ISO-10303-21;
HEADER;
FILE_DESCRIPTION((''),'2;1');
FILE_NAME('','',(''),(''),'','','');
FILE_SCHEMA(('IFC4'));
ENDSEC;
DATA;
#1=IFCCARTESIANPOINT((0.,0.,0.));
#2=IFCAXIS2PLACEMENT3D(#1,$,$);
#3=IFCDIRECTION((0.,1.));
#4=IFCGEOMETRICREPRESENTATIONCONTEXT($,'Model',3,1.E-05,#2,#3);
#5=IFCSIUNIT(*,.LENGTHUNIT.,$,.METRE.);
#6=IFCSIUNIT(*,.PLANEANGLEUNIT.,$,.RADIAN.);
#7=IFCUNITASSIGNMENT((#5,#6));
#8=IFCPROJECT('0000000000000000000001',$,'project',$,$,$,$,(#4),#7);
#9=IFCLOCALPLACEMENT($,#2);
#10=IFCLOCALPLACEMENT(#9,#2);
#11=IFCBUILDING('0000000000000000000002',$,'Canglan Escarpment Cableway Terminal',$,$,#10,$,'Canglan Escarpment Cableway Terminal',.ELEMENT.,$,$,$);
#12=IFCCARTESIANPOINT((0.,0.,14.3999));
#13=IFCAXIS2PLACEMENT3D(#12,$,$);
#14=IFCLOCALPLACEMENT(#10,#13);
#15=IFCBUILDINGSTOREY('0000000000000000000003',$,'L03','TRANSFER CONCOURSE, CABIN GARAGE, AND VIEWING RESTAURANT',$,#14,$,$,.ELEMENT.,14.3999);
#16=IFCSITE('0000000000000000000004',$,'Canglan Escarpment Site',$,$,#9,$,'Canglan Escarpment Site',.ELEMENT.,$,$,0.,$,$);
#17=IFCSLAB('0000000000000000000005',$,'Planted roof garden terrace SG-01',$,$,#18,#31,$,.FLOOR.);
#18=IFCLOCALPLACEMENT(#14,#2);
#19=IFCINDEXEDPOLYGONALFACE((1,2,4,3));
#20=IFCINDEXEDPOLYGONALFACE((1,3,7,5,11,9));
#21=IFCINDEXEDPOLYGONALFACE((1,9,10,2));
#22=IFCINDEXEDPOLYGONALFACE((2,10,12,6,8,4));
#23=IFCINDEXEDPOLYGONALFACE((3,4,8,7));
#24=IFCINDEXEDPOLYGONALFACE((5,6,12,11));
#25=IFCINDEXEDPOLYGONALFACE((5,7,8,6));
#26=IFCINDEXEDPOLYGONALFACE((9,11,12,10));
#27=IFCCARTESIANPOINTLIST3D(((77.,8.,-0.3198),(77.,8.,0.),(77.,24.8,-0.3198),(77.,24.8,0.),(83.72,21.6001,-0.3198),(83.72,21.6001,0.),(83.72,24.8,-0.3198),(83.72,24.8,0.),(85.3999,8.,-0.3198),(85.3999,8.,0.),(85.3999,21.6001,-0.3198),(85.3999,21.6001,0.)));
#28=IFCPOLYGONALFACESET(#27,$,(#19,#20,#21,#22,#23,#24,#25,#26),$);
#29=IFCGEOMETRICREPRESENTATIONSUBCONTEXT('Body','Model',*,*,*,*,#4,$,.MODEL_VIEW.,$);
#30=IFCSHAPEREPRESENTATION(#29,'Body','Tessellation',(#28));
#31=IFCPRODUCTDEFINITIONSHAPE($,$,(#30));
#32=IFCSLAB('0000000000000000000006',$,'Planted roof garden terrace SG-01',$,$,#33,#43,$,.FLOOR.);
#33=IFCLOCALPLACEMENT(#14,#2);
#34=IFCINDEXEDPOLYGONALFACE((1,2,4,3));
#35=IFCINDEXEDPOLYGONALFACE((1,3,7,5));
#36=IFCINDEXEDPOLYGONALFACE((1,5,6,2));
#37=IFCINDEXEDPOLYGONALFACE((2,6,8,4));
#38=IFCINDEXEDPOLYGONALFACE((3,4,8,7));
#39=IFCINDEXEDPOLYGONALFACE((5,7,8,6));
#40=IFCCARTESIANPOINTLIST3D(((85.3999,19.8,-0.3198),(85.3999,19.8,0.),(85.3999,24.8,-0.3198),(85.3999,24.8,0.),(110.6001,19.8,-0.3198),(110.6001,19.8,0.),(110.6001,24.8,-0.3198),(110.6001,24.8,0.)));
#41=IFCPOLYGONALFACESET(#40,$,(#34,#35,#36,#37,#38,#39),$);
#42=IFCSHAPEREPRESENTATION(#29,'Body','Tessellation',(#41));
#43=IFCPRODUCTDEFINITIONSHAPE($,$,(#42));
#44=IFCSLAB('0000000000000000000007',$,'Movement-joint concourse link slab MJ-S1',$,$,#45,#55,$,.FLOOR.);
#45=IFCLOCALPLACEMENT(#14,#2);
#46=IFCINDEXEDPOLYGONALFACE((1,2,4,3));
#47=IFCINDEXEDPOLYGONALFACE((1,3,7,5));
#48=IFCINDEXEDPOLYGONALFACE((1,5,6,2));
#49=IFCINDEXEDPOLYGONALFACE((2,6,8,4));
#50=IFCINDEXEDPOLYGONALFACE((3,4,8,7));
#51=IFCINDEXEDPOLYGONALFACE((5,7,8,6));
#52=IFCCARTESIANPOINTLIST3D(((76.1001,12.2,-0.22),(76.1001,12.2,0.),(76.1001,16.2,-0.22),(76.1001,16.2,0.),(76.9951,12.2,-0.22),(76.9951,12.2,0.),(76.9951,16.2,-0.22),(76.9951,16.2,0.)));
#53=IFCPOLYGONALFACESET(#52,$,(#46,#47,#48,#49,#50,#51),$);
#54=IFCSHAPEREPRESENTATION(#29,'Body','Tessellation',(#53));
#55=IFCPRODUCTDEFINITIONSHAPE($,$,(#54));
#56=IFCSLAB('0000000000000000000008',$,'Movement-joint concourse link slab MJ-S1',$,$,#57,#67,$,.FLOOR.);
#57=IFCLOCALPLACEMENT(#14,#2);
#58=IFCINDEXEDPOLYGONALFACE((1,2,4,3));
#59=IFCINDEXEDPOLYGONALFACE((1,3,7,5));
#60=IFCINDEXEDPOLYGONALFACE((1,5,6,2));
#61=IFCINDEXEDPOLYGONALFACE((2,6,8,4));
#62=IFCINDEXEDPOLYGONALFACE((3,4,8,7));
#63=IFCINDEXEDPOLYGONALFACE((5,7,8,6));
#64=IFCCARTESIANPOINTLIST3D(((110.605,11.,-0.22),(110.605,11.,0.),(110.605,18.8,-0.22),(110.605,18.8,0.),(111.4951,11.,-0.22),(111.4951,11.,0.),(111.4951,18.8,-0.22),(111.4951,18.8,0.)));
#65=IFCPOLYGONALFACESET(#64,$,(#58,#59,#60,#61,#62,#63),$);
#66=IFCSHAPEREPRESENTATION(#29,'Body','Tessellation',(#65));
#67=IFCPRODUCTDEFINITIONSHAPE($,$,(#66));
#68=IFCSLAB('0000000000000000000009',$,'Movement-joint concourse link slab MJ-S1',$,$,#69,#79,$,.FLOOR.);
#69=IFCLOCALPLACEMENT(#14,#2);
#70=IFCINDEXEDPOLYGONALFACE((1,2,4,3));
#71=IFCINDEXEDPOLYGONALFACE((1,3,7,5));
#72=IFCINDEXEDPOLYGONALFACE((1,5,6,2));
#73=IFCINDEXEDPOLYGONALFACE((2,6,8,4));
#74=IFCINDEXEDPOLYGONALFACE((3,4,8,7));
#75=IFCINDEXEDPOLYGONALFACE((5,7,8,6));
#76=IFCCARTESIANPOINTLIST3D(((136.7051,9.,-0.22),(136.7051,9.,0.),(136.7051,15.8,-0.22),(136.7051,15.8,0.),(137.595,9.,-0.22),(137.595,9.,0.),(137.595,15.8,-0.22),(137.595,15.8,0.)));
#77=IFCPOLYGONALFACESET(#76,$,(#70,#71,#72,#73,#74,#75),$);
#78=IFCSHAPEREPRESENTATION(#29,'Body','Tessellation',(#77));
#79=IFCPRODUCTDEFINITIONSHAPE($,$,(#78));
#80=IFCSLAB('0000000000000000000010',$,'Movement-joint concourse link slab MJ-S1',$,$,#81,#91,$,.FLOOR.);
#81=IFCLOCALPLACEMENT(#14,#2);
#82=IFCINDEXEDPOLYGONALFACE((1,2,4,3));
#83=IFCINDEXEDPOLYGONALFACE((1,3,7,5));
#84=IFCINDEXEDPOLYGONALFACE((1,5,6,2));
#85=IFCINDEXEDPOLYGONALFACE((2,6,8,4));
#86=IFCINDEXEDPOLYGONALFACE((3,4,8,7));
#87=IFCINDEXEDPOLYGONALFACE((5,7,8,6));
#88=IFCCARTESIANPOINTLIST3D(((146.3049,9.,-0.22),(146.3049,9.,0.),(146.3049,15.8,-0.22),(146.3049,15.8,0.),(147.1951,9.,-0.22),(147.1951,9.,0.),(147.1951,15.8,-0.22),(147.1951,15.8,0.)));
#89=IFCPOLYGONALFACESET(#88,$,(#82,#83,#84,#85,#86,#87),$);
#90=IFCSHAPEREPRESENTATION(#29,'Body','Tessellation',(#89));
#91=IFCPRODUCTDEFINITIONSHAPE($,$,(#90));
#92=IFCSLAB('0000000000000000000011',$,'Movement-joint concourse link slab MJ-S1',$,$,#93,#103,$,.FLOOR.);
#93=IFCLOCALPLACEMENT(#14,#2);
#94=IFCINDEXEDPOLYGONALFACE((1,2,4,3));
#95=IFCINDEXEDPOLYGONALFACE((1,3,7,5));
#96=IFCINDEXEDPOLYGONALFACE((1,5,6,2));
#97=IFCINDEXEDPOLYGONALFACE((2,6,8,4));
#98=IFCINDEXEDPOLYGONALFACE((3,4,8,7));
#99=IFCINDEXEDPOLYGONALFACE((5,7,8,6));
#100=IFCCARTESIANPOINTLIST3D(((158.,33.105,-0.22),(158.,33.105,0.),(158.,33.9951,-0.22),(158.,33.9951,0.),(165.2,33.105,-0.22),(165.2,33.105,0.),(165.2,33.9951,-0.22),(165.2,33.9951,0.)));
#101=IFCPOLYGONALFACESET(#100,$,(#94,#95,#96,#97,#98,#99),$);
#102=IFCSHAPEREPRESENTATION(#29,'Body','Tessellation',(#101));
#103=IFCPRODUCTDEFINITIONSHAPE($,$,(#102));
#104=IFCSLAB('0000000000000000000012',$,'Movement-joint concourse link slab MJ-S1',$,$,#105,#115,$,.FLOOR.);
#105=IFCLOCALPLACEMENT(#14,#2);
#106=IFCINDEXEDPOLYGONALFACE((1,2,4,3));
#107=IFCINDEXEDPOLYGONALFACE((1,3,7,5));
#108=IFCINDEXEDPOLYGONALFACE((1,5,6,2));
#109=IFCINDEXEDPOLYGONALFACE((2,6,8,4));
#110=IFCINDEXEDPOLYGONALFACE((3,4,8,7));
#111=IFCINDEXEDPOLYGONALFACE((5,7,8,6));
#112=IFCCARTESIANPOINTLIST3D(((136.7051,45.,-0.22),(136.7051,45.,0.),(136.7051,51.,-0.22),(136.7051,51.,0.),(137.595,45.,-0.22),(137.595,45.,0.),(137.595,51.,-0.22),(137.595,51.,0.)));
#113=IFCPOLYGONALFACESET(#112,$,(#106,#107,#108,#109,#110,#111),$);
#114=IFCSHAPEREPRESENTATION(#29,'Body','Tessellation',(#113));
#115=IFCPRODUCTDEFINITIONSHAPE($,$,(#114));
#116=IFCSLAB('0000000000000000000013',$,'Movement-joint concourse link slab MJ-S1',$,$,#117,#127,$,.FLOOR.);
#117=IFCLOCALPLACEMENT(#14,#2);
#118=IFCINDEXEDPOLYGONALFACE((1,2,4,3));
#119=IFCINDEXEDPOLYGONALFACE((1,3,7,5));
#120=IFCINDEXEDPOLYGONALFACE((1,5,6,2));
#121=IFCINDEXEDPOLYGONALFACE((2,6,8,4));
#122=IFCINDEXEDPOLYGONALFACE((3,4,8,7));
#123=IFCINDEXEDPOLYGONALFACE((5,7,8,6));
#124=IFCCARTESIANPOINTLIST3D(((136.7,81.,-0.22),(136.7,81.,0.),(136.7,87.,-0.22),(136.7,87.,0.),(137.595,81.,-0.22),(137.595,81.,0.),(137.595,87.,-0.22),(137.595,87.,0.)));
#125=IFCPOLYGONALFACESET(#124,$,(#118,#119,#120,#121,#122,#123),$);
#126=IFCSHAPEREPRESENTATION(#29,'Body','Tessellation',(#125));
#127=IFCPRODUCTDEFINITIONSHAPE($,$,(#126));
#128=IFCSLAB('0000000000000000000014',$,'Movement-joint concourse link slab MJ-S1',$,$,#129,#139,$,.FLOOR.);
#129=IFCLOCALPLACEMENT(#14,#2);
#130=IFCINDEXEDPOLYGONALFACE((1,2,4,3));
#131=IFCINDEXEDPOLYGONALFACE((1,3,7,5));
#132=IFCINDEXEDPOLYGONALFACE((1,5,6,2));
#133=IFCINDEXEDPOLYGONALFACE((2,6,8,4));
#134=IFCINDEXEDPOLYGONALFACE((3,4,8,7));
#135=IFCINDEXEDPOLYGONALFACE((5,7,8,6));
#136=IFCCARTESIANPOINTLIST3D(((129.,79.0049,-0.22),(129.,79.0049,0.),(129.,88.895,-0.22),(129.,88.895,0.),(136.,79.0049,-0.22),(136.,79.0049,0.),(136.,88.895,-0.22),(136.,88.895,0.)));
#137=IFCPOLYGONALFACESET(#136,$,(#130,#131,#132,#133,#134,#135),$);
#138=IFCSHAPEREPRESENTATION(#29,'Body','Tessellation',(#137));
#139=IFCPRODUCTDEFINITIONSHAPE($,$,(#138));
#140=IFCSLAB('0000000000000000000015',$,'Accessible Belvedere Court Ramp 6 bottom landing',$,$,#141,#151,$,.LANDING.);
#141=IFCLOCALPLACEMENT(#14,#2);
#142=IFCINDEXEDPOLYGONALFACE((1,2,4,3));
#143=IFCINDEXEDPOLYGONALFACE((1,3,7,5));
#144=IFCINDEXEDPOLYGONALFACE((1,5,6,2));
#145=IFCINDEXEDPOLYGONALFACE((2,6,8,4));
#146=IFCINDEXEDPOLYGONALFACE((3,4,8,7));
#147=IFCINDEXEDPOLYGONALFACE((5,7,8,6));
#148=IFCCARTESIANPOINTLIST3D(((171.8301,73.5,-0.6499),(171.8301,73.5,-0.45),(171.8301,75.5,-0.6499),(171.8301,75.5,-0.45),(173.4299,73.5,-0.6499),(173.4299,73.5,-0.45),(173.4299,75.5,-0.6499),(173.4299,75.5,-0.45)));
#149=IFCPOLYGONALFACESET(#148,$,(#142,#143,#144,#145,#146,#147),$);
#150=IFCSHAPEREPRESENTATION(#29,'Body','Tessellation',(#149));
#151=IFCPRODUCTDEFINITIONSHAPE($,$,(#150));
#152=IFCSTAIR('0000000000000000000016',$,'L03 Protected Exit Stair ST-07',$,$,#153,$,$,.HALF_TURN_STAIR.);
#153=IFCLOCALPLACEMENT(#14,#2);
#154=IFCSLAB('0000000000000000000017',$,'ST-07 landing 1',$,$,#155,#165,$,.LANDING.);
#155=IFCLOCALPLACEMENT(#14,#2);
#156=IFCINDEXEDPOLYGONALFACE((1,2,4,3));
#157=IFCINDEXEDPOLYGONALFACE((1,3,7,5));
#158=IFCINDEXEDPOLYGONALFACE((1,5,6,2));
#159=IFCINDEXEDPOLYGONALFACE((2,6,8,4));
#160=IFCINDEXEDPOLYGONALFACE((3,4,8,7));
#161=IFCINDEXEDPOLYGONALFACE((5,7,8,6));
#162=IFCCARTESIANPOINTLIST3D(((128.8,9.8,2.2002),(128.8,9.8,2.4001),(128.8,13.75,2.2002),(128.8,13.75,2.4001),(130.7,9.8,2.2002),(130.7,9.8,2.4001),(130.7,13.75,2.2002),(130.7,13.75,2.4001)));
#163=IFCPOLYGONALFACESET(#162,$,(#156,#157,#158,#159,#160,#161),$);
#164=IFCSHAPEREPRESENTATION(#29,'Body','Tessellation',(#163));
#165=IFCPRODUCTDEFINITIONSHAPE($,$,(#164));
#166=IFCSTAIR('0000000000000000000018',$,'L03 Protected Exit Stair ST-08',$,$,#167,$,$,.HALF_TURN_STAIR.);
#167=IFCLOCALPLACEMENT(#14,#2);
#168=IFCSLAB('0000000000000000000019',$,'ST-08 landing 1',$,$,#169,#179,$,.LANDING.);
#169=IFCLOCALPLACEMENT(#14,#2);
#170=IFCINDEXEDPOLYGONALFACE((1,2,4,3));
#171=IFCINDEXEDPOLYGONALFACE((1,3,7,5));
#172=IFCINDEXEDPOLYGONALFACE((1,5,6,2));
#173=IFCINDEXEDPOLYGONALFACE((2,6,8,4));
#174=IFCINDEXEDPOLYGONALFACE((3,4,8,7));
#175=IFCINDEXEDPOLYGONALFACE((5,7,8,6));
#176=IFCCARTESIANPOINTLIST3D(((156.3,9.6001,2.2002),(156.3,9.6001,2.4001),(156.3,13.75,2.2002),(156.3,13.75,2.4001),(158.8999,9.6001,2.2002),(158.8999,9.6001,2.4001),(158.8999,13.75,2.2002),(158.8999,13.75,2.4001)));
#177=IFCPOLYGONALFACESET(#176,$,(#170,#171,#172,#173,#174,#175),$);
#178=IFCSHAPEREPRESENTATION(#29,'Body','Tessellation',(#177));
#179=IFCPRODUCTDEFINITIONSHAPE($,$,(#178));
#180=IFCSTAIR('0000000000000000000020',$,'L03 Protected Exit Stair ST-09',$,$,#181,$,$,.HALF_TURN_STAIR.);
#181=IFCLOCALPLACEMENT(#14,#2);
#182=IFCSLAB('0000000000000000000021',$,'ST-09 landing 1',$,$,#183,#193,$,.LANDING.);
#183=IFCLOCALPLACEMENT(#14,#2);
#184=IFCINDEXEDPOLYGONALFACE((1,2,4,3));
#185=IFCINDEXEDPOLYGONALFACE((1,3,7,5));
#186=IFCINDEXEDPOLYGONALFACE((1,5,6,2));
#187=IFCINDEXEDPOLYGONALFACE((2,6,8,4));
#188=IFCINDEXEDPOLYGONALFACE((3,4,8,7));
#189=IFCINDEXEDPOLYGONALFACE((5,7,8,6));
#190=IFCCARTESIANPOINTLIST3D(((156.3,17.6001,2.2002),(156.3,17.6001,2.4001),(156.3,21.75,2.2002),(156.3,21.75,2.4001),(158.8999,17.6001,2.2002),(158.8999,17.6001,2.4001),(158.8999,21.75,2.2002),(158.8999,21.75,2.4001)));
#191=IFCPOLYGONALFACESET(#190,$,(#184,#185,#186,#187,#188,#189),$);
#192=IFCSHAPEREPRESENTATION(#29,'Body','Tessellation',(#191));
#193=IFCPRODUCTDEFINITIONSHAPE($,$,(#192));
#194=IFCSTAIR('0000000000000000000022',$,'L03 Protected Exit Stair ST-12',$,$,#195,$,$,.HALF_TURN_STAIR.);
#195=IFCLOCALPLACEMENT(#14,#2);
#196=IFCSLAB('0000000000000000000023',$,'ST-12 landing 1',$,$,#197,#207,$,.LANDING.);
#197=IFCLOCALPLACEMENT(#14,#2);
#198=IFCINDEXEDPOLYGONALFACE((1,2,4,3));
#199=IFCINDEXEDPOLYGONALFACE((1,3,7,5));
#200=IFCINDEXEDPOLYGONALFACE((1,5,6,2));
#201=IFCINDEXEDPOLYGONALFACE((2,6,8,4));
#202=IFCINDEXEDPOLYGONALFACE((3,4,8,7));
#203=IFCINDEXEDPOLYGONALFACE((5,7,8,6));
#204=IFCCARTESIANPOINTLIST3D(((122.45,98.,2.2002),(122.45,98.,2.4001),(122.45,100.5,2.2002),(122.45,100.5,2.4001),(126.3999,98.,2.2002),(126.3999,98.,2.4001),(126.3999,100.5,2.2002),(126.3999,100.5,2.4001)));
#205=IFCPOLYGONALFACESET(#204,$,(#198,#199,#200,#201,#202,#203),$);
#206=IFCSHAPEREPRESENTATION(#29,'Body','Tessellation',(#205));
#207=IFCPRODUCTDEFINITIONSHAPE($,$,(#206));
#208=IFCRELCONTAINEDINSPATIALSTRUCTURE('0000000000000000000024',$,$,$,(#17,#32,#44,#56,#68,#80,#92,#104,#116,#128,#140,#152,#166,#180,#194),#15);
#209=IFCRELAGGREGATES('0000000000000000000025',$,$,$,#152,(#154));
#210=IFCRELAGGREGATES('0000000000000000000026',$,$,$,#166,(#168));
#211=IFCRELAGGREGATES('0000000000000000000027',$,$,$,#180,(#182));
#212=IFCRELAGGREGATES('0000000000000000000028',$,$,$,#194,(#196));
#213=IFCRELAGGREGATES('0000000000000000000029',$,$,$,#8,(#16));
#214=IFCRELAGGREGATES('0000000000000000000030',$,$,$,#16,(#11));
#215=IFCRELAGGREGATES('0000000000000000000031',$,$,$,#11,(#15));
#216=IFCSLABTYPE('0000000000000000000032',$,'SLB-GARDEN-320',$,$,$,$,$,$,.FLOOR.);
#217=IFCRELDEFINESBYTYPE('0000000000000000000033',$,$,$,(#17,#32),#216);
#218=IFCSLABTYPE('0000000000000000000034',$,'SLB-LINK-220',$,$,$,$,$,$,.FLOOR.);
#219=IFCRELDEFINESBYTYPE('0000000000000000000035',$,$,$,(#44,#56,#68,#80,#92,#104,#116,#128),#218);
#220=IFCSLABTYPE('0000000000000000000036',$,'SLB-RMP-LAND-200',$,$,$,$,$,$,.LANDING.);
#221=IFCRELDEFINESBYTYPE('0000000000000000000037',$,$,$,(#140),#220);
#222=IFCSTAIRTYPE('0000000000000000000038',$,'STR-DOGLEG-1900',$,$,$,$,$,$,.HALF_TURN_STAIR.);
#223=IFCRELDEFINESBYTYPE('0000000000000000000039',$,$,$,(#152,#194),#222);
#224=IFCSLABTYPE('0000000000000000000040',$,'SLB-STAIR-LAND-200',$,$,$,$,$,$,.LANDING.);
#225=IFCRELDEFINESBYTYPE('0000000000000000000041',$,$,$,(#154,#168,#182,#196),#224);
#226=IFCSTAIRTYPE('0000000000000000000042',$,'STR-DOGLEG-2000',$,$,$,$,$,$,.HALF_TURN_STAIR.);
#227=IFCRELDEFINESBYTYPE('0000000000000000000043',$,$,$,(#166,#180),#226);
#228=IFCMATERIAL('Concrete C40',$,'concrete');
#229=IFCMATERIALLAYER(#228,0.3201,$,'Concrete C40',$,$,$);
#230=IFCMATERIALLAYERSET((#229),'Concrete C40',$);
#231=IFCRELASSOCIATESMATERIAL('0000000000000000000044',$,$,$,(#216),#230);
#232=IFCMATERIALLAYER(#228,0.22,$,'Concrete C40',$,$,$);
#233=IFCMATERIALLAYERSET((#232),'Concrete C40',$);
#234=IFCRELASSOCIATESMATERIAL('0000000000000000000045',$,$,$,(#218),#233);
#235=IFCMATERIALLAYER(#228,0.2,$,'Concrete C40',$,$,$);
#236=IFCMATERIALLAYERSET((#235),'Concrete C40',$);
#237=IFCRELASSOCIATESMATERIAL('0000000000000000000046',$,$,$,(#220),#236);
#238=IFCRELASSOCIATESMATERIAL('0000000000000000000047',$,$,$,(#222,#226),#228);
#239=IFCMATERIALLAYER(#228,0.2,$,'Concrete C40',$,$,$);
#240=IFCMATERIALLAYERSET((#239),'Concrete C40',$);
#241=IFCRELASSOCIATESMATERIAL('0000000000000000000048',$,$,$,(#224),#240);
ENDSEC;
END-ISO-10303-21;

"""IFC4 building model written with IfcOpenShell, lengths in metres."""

from ifc_helpers import new_model, si_unit, direction, frame, origin, place, context, subcontext, project, spatial, polyline, outline, extrude, material, layer, layer_set, type_object, element, aggregate, save


model = new_model("IFC4")

# Units and contexts
model_context = context("Model", 3, precision=1e-05, world=origin(), true_north=direction((0.0, 1.0)))
body_context = subcontext(model_context, "Body", "Model", "MODEL_VIEW")
ifc_project = project(units=[si_unit("LENGTHUNIT", "METRE"), si_unit("PLANEANGLEUNIT", "RADIAN")], contexts=[model_context])

# Site, building, storey
site_placement = place(None, origin())
site = spatial("IfcSite", under=ifc_project, at=site_placement, Name="Canglan Escarpment Site", LongName="Canglan Escarpment Site", CompositionType="ELEMENT", RefElevation=0.0)
building_placement = place(site_placement, origin())
building = spatial("IfcBuilding", under=site, at=building_placement, Name="Canglan Escarpment Cableway Terminal", LongName="Canglan Escarpment Cableway Terminal", CompositionType="ELEMENT")
storey_placement = place(building_placement, frame((0.0, 0.0, 14.3999)))
storey = spatial("IfcBuildingStorey", under=building, at=storey_placement, Name="L03", Description="TRANSFER CONCOURSE, CABIN GARAGE, AND VIEWING RESTAURANT", CompositionType="ELEMENT", Elevation=14.3999)

# Slabs
ifc_material = material(Name="Concrete C40", Category="concrete")
ifc_layer_1 = layer(ifc_material, 0.3201, Name="Concrete C40")
ifc_layer_set_1 = layer_set([ifc_layer_1], Name="Concrete C40")
slab_type_1 = type_object("IfcSlabType", Name="SLB-GARDEN-320", PredefinedType="FLOOR", material=ifc_layer_set_1)
slab_1_placement = place(storey_placement, frame((0.0, 0.0, -0.3198)))
element("IfcSlab", 1, at=slab_1_placement, inside=storey, type_object=slab_type_1, Name="Planted roof garden terrace SG-01", PredefinedType="FLOOR", context=body_context, shape_type="SweptSolid", body=[
    extrude(outline(polyline([(77.0, 8.0), (85.3999, 8.0), (85.3999, 21.6001), (83.72, 21.6001), (83.72, 24.8), (77.0, 24.8), (77.0, 8.0)])), origin(), (0.0, 0.0, 1.0), 0.3198),
])
slab_2_placement = place(storey_placement, frame((0.0, 0.0, -0.3198)))
element("IfcSlab", 2, at=slab_2_placement, inside=storey, type_object=slab_type_1, Name="Planted roof garden terrace SG-01", PredefinedType="FLOOR", context=body_context, shape_type="SweptSolid", body=[
    extrude(outline(polyline([(85.3999, 19.8), (110.6001, 19.8), (110.6001, 24.8), (85.3999, 24.8), (85.3999, 19.8)])), origin(), (0.0, 0.0, 1.0), 0.3198),
])
ifc_layer_2 = layer(ifc_material, 0.22, Name="Concrete C40")
ifc_layer_set_2 = layer_set([ifc_layer_2], Name="Concrete C40")
slab_type_2 = type_object("IfcSlabType", Name="SLB-LINK-220", PredefinedType="FLOOR", material=ifc_layer_set_2)
slab_3_placement = place(storey_placement, frame((0.0, 0.0, -0.22)))
element("IfcSlab", 3, at=slab_3_placement, inside=storey, type_object=slab_type_2, Name="Movement-joint concourse link slab MJ-S1", PredefinedType="FLOOR", context=body_context, shape_type="SweptSolid", body=[
    extrude(outline(polyline([(76.1001, 12.2), (76.1001, 16.2), (76.9951, 16.2), (76.9951, 12.2), (76.1001, 12.2)])), origin(), (0.0, 0.0, 1.0), 0.22),
])
slab_4_placement = place(storey_placement, frame((0.0, 0.0, -0.22)))
element("IfcSlab", 4, at=slab_4_placement, inside=storey, type_object=slab_type_2, Name="Movement-joint concourse link slab MJ-S1", PredefinedType="FLOOR", context=body_context, shape_type="SweptSolid", body=[
    extrude(outline(polyline([(111.4951, 18.8), (111.4951, 11.0), (110.605, 11.0), (110.605, 18.8), (111.4951, 18.8)])), origin(), (0.0, 0.0, 1.0), 0.22),
])
slab_5_placement = place(storey_placement, frame((0.0, 0.0, -0.22)))
element("IfcSlab", 5, at=slab_5_placement, inside=storey, type_object=slab_type_2, Name="Movement-joint concourse link slab MJ-S1", PredefinedType="FLOOR", context=body_context, shape_type="SweptSolid", body=[
    extrude(outline(polyline([(137.595, 15.8), (137.595, 9.0), (136.7051, 9.0), (136.7051, 15.8), (137.595, 15.8)])), origin(), (0.0, 0.0, 1.0), 0.22),
])
slab_6_placement = place(storey_placement, frame((0.0, 0.0, -0.22)))
element("IfcSlab", 6, at=slab_6_placement, inside=storey, type_object=slab_type_2, Name="Movement-joint concourse link slab MJ-S1", PredefinedType="FLOOR", context=body_context, shape_type="SweptSolid", body=[
    extrude(outline(polyline([(147.1951, 15.8), (147.1951, 9.0), (146.3049, 9.0), (146.3049, 15.8), (147.1951, 15.8)])), origin(), (0.0, 0.0, 1.0), 0.22),
])
slab_7_placement = place(storey_placement, frame((0.0, 0.0, -0.22)))
element("IfcSlab", 7, at=slab_7_placement, inside=storey, type_object=slab_type_2, Name="Movement-joint concourse link slab MJ-S1", PredefinedType="FLOOR", context=body_context, shape_type="SweptSolid", body=[
    extrude(outline(polyline([(165.2, 33.105), (158.0, 33.105), (158.0, 33.9951), (165.2, 33.9951), (165.2, 33.105)])), origin(), (0.0, 0.0, 1.0), 0.22),
])
slab_8_placement = place(storey_placement, frame((0.0, 0.0, -0.22)))
element("IfcSlab", 8, at=slab_8_placement, inside=storey, type_object=slab_type_2, Name="Movement-joint concourse link slab MJ-S1", PredefinedType="FLOOR", context=body_context, shape_type="SweptSolid", body=[
    extrude(outline(polyline([(137.595, 51.0), (137.595, 45.0), (136.7051, 45.0), (136.7051, 51.0), (137.595, 51.0)])), origin(), (0.0, 0.0, 1.0), 0.22),
])
slab_9_placement = place(storey_placement, frame((0.0, 0.0, -0.22)))
element("IfcSlab", 9, at=slab_9_placement, inside=storey, type_object=slab_type_2, Name="Movement-joint concourse link slab MJ-S1", PredefinedType="FLOOR", context=body_context, shape_type="SweptSolid", body=[
    extrude(outline(polyline([(136.7, 81.0), (136.7, 87.0), (137.595, 87.0), (137.595, 81.0), (136.7, 81.0)])), origin(), (0.0, 0.0, 1.0), 0.22),
])
slab_10_placement = place(storey_placement, frame((0.0, 0.0, -0.22)))
element("IfcSlab", 10, at=slab_10_placement, inside=storey, type_object=slab_type_2, Name="Movement-joint concourse link slab MJ-S1", PredefinedType="FLOOR", context=body_context, shape_type="SweptSolid", body=[
    extrude(outline(polyline([(136.0, 79.0049), (129.0, 79.0049), (129.0, 88.895), (136.0, 88.895), (136.0, 79.0049)])), origin(), (0.0, 0.0, 1.0), 0.22),
])
ifc_layer_3 = layer(ifc_material, 0.2, Name="Concrete C40")
ifc_layer_set_3 = layer_set([ifc_layer_3], Name="Concrete C40")
slab_type_3 = type_object("IfcSlabType", Name="SLB-RMP-LAND-200", PredefinedType="LANDING", material=ifc_layer_set_3)
slab_11_placement = place(storey_placement, frame((0.0, 0.0, -0.6499)))
element("IfcSlab", 11, at=slab_11_placement, inside=storey, type_object=slab_type_3, Name="Accessible Belvedere Court Ramp 6 bottom landing", PredefinedType="LANDING", context=body_context, shape_type="SweptSolid", body=[
    extrude(outline(polyline([(171.8301, 73.5), (173.4299, 73.5), (173.4299, 75.5), (171.8301, 75.5), (171.8301, 73.5)])), origin(), (0.0, 0.0, 1.0), 0.2),
])

# Stairs, slabs
stair_type_1 = type_object("IfcStairType", Name="STR-DOGLEG-1900", PredefinedType="HALF_TURN_STAIR", material=ifc_material)
stair_1_placement = place(storey_placement, origin())
stair_1 = element("IfcStair", 12, at=stair_1_placement, inside=storey, type_object=stair_type_1, Name="L03 Protected Exit Stair ST-07", PredefinedType="HALF_TURN_STAIR")
ifc_layer_4 = layer(ifc_material, 0.2, Name="Concrete C40")
ifc_layer_set_4 = layer_set([ifc_layer_4], Name="Concrete C40")
slab_type_4 = type_object("IfcSlabType", Name="SLB-STAIR-LAND-200", PredefinedType="LANDING", material=ifc_layer_set_4)
slab_12_placement = place(storey_placement, frame((0.0, 0.0, 2.2002)))
slab_12 = element("IfcSlab", 13, at=slab_12_placement, type_object=slab_type_4, Name="ST-07 landing 1", PredefinedType="LANDING", context=body_context, shape_type="SweptSolid", body=[
    extrude(outline(polyline([(128.8, 9.8), (130.7, 9.8), (130.7, 13.75), (128.8, 13.75), (128.8, 9.8)])), origin(), (0.0, 0.0, 1.0), 0.2),
])
aggregate(stair_1, [slab_12])
stair_type_2 = type_object("IfcStairType", Name="STR-DOGLEG-2000", PredefinedType="HALF_TURN_STAIR", material=ifc_material)
stair_2_placement = place(storey_placement, origin())
stair_2 = element("IfcStair", 14, at=stair_2_placement, inside=storey, type_object=stair_type_2, Name="L03 Protected Exit Stair ST-08", PredefinedType="HALF_TURN_STAIR")
slab_13_placement = place(storey_placement, frame((0.0, 0.0, 2.2002)))
slab_13 = element("IfcSlab", 15, at=slab_13_placement, type_object=slab_type_4, Name="ST-08 landing 1", PredefinedType="LANDING", context=body_context, shape_type="SweptSolid", body=[
    extrude(outline(polyline([(156.3, 9.6001), (158.8999, 9.6001), (158.8999, 13.75), (156.3, 13.75), (156.3, 9.6001)])), origin(), (0.0, 0.0, 1.0), 0.2),
])
aggregate(stair_2, [slab_13])
stair_3_placement = place(storey_placement, origin())
stair_3 = element("IfcStair", 16, at=stair_3_placement, inside=storey, type_object=stair_type_2, Name="L03 Protected Exit Stair ST-09", PredefinedType="HALF_TURN_STAIR")
slab_14_placement = place(storey_placement, frame((0.0, 0.0, 2.2002)))
slab_14 = element("IfcSlab", 17, at=slab_14_placement, type_object=slab_type_4, Name="ST-09 landing 1", PredefinedType="LANDING", context=body_context, shape_type="SweptSolid", body=[
    extrude(outline(polyline([(156.3, 17.6001), (158.8999, 17.6001), (158.8999, 21.75), (156.3, 21.75), (156.3, 17.6001)])), origin(), (0.0, 0.0, 1.0), 0.2),
])
aggregate(stair_3, [slab_14])
stair_4_placement = place(storey_placement, origin())
stair_4 = element("IfcStair", 18, at=stair_4_placement, inside=storey, type_object=stair_type_1, Name="L03 Protected Exit Stair ST-12", PredefinedType="HALF_TURN_STAIR")
slab_15_placement = place(storey_placement, frame((0.0, 0.0, 2.2002)))
slab_15 = element("IfcSlab", 19, at=slab_15_placement, type_object=slab_type_4, Name="ST-12 landing 1", PredefinedType="LANDING", context=body_context, shape_type="SweptSolid", body=[
    extrude(outline(polyline([(126.3999, 98.0), (126.3999, 100.5), (122.45, 100.5), (122.45, 98.0), (126.3999, 98.0)])), origin(), (0.0, 0.0, 1.0), 0.2),
])
aggregate(stair_4, [slab_15])

save(model, "model.ifc")
